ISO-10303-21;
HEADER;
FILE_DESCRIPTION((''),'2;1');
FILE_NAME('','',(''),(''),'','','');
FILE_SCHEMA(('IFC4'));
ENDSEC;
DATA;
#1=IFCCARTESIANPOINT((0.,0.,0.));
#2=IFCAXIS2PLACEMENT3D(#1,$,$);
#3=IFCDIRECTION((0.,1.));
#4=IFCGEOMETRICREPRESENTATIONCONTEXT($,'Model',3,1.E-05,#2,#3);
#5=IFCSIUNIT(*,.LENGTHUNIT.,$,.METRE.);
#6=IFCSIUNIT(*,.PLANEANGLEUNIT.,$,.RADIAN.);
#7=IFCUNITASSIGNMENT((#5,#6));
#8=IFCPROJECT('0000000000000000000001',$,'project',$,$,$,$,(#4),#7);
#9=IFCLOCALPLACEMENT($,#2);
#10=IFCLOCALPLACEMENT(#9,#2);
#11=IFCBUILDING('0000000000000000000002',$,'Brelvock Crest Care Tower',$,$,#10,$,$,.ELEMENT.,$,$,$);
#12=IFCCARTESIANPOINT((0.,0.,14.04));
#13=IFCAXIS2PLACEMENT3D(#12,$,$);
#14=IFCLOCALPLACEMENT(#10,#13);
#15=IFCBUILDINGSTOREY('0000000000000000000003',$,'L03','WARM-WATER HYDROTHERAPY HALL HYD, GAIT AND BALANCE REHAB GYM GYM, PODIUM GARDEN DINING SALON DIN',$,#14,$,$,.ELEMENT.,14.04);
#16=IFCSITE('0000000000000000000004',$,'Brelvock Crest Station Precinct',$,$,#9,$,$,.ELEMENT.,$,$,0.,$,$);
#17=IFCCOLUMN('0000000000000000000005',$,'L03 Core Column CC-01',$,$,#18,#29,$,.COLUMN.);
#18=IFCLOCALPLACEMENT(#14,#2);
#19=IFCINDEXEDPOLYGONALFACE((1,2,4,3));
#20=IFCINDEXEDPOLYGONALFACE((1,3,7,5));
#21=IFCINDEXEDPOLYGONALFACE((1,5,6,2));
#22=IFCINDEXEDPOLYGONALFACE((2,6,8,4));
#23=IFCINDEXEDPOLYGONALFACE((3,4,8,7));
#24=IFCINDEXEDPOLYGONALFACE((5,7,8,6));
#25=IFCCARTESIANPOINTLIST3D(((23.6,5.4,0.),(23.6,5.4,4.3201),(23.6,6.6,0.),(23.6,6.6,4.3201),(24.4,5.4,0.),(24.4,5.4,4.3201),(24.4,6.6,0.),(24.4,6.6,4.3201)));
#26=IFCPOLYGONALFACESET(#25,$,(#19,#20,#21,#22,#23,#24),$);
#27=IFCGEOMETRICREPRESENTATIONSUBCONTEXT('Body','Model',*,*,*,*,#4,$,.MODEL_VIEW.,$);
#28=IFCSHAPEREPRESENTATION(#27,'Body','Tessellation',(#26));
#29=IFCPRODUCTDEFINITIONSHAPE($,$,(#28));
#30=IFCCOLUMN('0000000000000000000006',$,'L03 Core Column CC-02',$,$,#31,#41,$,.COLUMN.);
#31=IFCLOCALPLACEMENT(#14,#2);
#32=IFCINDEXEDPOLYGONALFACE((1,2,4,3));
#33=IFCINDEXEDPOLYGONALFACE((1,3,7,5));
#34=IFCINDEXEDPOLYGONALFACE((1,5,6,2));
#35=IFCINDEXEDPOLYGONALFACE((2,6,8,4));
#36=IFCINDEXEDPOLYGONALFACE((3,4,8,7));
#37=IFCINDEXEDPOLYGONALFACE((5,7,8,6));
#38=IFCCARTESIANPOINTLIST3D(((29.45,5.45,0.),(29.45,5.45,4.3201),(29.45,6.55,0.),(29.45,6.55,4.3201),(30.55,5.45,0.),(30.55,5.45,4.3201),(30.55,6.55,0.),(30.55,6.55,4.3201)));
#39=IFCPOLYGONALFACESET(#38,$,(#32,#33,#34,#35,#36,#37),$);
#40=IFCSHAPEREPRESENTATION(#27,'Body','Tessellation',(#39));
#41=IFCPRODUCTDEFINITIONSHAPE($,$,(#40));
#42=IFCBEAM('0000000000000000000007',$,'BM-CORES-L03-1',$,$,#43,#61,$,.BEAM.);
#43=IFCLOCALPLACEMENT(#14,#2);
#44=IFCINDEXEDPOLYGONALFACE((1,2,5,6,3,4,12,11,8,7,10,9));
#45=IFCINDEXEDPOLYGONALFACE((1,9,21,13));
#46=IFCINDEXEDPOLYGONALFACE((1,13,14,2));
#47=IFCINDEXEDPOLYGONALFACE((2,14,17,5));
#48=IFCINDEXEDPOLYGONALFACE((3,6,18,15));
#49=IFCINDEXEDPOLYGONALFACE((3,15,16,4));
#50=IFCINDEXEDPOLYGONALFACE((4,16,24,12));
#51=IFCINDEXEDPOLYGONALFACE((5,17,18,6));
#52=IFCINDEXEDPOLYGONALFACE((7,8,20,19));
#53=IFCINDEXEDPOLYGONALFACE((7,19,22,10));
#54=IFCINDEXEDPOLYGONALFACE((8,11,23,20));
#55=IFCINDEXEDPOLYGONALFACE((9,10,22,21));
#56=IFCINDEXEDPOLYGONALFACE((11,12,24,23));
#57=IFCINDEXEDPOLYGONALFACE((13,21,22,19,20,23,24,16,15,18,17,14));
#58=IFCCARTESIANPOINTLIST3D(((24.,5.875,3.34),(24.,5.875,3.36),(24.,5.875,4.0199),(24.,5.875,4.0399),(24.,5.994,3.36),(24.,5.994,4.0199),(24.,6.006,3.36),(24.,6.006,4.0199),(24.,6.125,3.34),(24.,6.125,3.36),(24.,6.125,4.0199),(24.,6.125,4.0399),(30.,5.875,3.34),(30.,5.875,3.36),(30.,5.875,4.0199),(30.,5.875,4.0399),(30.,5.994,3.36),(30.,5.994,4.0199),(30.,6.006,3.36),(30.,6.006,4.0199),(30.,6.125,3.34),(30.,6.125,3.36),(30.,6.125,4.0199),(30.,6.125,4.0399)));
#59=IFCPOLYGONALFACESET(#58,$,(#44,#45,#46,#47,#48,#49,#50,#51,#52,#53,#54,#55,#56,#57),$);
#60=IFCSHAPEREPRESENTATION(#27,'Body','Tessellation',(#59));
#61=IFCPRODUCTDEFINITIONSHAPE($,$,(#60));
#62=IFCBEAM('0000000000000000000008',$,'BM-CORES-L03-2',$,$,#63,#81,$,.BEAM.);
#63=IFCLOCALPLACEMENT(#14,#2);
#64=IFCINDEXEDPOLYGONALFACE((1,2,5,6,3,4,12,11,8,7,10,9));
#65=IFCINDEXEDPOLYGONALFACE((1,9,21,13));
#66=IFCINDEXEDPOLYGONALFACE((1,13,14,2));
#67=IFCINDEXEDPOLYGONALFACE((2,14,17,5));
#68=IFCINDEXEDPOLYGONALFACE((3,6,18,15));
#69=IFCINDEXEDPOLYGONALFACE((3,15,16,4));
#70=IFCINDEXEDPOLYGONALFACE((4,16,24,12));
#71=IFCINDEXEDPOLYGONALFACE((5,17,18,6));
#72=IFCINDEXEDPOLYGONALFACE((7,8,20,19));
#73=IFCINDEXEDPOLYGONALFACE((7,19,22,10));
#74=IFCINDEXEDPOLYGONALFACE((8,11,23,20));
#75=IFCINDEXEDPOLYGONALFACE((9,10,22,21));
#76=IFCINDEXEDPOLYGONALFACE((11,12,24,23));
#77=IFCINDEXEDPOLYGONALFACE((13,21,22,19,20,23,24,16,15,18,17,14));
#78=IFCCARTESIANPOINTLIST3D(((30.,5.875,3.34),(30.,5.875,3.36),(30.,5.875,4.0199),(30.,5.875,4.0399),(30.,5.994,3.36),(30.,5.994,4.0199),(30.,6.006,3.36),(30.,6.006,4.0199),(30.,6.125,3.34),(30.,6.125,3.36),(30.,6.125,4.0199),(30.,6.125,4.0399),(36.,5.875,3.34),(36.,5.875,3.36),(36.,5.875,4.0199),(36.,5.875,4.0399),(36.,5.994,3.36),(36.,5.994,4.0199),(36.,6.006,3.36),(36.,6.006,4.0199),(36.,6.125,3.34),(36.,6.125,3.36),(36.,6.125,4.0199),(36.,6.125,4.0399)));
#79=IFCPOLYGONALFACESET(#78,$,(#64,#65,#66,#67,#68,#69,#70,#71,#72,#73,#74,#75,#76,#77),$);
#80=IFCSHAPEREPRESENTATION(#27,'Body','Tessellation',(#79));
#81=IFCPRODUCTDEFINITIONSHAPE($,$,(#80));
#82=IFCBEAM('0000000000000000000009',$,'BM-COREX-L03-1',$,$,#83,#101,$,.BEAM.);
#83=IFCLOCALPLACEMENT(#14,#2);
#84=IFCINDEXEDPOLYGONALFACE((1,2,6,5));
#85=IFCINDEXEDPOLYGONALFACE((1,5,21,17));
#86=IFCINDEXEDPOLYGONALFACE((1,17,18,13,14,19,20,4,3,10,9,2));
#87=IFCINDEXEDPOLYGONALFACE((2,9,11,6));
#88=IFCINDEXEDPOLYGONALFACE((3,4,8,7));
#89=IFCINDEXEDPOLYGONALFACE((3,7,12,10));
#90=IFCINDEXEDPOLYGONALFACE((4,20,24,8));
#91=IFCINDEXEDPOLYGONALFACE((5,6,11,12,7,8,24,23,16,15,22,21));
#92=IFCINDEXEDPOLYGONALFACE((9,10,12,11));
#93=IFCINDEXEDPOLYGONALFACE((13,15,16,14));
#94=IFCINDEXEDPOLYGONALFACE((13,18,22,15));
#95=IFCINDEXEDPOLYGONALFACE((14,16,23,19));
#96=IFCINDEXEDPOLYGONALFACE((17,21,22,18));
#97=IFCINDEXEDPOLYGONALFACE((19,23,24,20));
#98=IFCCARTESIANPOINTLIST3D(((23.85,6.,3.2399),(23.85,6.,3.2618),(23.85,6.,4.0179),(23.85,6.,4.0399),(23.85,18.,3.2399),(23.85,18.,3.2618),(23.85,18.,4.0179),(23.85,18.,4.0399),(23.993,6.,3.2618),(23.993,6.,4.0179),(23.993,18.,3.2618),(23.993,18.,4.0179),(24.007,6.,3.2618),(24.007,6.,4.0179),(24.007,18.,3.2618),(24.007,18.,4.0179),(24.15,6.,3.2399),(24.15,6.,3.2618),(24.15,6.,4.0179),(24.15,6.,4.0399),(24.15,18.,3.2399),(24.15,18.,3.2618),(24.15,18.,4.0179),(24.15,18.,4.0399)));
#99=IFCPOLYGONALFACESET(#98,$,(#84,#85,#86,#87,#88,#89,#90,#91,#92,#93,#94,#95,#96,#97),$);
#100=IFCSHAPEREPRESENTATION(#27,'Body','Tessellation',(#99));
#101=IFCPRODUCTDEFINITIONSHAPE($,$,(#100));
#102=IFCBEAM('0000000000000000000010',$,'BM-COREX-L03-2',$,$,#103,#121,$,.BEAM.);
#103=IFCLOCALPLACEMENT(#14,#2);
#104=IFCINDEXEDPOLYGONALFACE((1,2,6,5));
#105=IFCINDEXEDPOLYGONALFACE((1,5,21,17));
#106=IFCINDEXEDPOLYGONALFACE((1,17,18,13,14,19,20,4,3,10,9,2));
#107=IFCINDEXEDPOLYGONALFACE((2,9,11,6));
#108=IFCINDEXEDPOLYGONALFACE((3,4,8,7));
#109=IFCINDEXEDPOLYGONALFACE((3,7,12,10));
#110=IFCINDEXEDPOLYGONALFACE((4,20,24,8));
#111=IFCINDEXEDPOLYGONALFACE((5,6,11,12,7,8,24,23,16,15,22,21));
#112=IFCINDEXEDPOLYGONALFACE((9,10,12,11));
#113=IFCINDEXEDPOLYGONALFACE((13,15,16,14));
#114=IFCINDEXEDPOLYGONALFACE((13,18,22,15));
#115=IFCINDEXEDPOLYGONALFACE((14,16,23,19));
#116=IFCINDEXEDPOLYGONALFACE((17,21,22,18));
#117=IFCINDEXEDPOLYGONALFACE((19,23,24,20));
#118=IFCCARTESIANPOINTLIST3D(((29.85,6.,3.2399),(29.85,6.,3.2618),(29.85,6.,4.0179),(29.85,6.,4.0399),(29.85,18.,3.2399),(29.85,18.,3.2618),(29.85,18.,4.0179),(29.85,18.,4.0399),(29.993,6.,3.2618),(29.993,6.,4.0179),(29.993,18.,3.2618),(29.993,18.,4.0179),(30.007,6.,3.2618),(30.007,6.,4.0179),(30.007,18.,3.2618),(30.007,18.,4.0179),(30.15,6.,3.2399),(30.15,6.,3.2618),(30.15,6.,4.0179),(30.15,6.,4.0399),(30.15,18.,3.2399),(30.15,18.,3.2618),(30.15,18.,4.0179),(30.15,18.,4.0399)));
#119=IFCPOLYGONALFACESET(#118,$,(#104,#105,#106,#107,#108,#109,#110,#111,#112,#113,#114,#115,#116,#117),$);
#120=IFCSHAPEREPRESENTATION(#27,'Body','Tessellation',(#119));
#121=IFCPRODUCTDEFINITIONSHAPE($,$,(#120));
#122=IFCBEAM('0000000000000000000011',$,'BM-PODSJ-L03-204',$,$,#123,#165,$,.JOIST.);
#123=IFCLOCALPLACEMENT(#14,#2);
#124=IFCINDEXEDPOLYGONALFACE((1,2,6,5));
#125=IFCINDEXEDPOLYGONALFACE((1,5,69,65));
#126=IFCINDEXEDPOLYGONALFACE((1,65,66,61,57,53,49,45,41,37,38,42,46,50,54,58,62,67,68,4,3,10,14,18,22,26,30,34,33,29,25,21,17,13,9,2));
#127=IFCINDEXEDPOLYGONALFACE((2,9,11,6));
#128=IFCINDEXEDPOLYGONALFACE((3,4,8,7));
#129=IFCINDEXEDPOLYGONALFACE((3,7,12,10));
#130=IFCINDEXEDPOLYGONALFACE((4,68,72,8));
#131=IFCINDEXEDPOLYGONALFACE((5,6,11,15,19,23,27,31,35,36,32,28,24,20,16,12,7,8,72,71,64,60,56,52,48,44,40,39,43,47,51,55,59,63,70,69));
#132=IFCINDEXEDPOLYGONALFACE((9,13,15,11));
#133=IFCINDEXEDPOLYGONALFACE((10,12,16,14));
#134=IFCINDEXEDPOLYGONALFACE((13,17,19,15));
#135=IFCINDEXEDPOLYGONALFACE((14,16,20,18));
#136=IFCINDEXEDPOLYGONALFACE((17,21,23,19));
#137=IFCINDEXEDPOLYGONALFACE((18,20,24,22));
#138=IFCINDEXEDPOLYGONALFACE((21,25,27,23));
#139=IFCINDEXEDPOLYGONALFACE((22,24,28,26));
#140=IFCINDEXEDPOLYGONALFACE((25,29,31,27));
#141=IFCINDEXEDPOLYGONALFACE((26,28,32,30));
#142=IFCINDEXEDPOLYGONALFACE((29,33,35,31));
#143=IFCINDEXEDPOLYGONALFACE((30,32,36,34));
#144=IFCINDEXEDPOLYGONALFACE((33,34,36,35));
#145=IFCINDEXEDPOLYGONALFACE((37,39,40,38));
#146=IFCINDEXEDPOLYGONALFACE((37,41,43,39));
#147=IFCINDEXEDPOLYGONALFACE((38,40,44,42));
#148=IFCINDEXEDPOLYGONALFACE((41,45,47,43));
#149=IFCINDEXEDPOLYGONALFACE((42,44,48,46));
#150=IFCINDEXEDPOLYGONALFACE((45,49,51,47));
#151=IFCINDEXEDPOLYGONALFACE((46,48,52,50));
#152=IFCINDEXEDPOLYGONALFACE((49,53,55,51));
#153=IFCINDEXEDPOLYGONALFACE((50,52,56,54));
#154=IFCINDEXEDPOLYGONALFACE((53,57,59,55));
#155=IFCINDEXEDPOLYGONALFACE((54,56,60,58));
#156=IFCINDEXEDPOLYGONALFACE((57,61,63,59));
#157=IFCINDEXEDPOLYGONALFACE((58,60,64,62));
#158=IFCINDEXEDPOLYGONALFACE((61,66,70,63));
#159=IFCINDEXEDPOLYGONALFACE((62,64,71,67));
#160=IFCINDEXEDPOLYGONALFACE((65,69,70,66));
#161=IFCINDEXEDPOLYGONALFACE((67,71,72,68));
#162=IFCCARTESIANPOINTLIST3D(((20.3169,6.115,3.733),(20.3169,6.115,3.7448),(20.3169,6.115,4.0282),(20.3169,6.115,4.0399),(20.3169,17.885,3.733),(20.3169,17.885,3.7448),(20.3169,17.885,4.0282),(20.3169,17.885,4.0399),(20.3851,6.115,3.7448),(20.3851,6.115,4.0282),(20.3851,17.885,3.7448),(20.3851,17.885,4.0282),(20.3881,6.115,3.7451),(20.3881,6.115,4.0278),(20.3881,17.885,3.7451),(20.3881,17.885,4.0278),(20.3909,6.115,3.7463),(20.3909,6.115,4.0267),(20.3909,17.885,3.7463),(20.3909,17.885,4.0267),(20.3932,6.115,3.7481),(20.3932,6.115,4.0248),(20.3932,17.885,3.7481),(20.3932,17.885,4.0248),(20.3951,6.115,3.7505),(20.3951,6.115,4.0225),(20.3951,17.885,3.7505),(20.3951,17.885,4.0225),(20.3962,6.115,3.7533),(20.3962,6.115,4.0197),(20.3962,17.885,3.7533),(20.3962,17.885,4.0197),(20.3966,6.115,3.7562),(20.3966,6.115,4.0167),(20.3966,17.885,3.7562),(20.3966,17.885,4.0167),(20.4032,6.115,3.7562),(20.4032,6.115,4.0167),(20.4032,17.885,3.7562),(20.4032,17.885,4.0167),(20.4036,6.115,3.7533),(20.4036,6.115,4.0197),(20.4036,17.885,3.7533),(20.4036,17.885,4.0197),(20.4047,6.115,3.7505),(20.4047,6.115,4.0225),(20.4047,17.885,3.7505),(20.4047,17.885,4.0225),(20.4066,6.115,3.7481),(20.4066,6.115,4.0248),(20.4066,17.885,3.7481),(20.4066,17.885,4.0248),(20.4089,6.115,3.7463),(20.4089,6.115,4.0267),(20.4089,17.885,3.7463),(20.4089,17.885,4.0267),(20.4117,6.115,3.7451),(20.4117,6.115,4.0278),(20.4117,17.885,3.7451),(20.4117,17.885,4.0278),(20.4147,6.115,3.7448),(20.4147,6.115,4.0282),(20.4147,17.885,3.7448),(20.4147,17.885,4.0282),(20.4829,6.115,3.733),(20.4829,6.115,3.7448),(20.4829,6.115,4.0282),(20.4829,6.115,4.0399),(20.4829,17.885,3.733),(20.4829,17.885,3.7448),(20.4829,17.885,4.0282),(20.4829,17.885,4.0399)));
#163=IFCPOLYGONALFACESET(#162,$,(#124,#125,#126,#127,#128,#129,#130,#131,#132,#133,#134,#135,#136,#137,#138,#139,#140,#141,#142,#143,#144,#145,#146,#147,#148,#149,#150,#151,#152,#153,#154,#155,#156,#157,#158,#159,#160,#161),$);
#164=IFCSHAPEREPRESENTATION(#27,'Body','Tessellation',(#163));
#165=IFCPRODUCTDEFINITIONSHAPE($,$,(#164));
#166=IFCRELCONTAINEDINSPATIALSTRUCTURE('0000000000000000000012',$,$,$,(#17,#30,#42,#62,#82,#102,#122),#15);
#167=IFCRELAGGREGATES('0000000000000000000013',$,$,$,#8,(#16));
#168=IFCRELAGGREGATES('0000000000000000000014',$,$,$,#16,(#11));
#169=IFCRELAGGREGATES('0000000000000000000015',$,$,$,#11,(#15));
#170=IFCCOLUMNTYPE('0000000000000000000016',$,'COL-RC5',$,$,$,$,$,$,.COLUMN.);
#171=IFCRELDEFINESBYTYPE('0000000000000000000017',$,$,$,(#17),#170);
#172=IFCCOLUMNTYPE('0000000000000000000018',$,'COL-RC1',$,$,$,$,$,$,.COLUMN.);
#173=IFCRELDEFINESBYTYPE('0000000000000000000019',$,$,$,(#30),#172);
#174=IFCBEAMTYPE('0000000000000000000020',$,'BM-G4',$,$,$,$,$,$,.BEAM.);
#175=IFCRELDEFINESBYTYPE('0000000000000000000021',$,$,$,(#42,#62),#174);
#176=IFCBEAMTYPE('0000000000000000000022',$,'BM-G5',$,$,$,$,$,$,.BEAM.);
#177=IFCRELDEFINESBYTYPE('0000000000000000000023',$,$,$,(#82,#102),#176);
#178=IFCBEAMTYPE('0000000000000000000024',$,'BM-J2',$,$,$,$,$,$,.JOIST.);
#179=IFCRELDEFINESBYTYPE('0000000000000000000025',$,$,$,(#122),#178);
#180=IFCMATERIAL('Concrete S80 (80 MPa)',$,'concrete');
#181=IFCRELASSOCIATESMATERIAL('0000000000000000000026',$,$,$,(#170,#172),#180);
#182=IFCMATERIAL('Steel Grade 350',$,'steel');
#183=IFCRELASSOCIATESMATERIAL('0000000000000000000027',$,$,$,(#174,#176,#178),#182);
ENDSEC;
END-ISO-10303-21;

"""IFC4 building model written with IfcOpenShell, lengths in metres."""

from ifc_helpers import new_model, si_unit, direction, frame, origin, origin_2d, place, context, subcontext, project, spatial, rectangle, i_section, extrude, source, transform, mapped, material, material_profile, profile_set, type_object, element, save


model = new_model("IFC4")

# Units and contexts
model_context = context("Model", 3, precision=1e-05, world=origin(), true_north=direction((0.0, 1.0)))
body_context = subcontext(model_context, "Body", "Model", "MODEL_VIEW")
ifc_project = project(units=[si_unit("LENGTHUNIT", "METRE"), si_unit("PLANEANGLEUNIT", "RADIAN")], contexts=[model_context])

# Site, building, storey
site_placement = place(None, origin())
site = spatial("IfcSite", under=ifc_project, at=site_placement, Name="Brelvock Crest Station Precinct", CompositionType="ELEMENT", RefElevation=0.0)
building_placement = place(site_placement, origin())
building = spatial("IfcBuilding", under=site, at=building_placement, Name="Brelvock Crest Care Tower", CompositionType="ELEMENT")
storey_placement = place(building_placement, frame((0.0, 0.0, 14.04)))
storey = spatial("IfcBuildingStorey", under=building, at=storey_placement, Name="L03", Description="WARM-WATER HYDROTHERAPY HALL HYD, GAIT AND BALANCE REHAB GYM GYM, PODIUM GARDEN DINING SALON DIN", CompositionType="ELEMENT", Elevation=14.04)

# Columns
ifc_material_1 = material(Name="Concrete S80 (80 MPa)", Category="concrete")
ifc_material_profile_1 = material_profile(ifc_material_1, rectangle(XDim=0.8, YDim=1.2, at=origin_2d()), Name="RC800x1200")
ifc_profile_set_1 = profile_set([ifc_material_profile_1], Name="Concrete S80 (80 MPa)")
column_type_1 = type_object("IfcColumnType", Name="COL-RC5", PredefinedType="COLUMN", material=ifc_profile_set_1)
shared_shape_1 = source(origin(), body_context, "Body", "SweptSolid", [
    extrude(rectangle(XDim=0.8, YDim=1.2, at=origin_2d()), origin(), (0.0, 0.0, 1.0), 4.3201),
])
column_1_placement = place(storey_placement, frame((24.0, 6.0, 0.0), z_axis=(0.0, 0.0, 1.0), x_axis=(1.0, 0.0, 0.0)))
element("IfcColumn", 1, at=column_1_placement, inside=storey, type_object=column_type_1, Name="L03 Core Column CC-01", PredefinedType="COLUMN", context=body_context, shape_type="MappedRepresentation", body=[
    mapped(shared_shape_1, transform((0.0, 0.0, 0.0), x_axis=(1.0, 0.0, 0.0), y_axis=(0.0, 1.0, 0.0), z_axis=(0.0, 0.0, 1.0), scale=1.0)),
])
ifc_material_profile_2 = material_profile(ifc_material_1, rectangle(XDim=1.1001, YDim=1.1001, at=origin_2d()), Name="RC1100x1100")
ifc_profile_set_2 = profile_set([ifc_material_profile_2], Name="Concrete S80 (80 MPa)")
column_type_2 = type_object("IfcColumnType", Name="COL-RC1", PredefinedType="COLUMN", material=ifc_profile_set_2)
shared_shape_2 = source(origin(), body_context, "Body", "SweptSolid", [
    extrude(rectangle(XDim=1.1001, YDim=1.1001, at=origin_2d()), origin(), (0.0, 0.0, 1.0), 4.3201),
])
column_2_placement = place(storey_placement, frame((30.0, 6.0, 0.0), z_axis=(0.0, 0.0, 1.0), x_axis=(1.0, 0.0, 0.0)))
element("IfcColumn", 2, at=column_2_placement, inside=storey, type_object=column_type_2, Name="L03 Core Column CC-02", PredefinedType="COLUMN", context=body_context, shape_type="MappedRepresentation", body=[
    mapped(shared_shape_2, transform((0.0, 0.0, 0.0), x_axis=(1.0, 0.0, 0.0), y_axis=(0.0, 1.0, 0.0), z_axis=(0.0, 0.0, 1.0), scale=1.0)),
])

# Beams
ifc_material_2 = material(Name="Steel Grade 350", Category="steel")
ifc_material_profile_3 = material_profile(ifc_material_2, i_section(OverallWidth=0.25, OverallDepth=0.7, WebThickness=0.012, FlangeThickness=0.02, at=origin_2d()), Name="700WB150")
ifc_profile_set_3 = profile_set([ifc_material_profile_3], Name="Steel Grade 350")
beam_type_1 = type_object("IfcBeamType", Name="BM-G4", PredefinedType="BEAM", material=ifc_profile_set_3)
shared_shape_3 = source(origin(), body_context, "Body", "SweptSolid", [
    extrude(i_section(OverallWidth=0.25, OverallDepth=0.7, WebThickness=0.012, FlangeThickness=0.02, at=origin_2d()), origin(), (0.0, 0.0, 1.0), 6.0),
])
for number, where, z_axis, x_axis, name in (
    (3, (24.0, 6.0, 3.6899), (1.0, 0.0, 0.0), (0.0, 1.0, 0.0), "BM-CORES-L03-1"),
    (4, (30.0, 6.0, 3.6899), (1.0, 0.0, 0.0), (0.0, 1.0, 0.0), "BM-CORES-L03-2"),
):
    element("IfcBeam", number, at=place(storey_placement, frame(where, z_axis=z_axis, x_axis=x_axis)), inside=storey, type_object=beam_type_1, Name=name, PredefinedType="BEAM", context=body_context, shape_type="MappedRepresentation", body=[
        mapped(shared_shape_3, transform((0.0, 0.0, 0.0), x_axis=(1.0, 0.0, 0.0), y_axis=(0.0, 1.0, 0.0), z_axis=(0.0, 0.0, 1.0), scale=1.0)),
    ])
ifc_material_profile_4 = material_profile(ifc_material_2, i_section(OverallWidth=0.3, OverallDepth=0.8, WebThickness=0.0139, FlangeThickness=0.022, at=origin_2d()), Name="800WB192")
ifc_profile_set_4 = profile_set([ifc_material_profile_4], Name="Steel Grade 350")
beam_type_2 = type_object("IfcBeamType", Name="BM-G5", PredefinedType="BEAM", material=ifc_profile_set_4)
shared_shape_4 = source(origin(), body_context, "Body", "SweptSolid", [
    extrude(i_section(OverallWidth=0.3, OverallDepth=0.8, WebThickness=0.0139, FlangeThickness=0.022, at=origin_2d()), origin(), (0.0, 0.0, 1.0), 12.0),
])
for number, where, z_axis, x_axis, name in (
    (5, (24.0, 6.0, 3.6399), (0.0, 1.0, 0.0), (-1.0, 0.0, 0.0), "BM-COREX-L03-1"),
    (6, (30.0, 6.0, 3.6399), (0.0, 1.0, 0.0), (-1.0, 0.0, 0.0), "BM-COREX-L03-2"),
):
    element("IfcBeam", number, at=place(storey_placement, frame(where, z_axis=z_axis, x_axis=x_axis)), inside=storey, type_object=beam_type_2, Name=name, PredefinedType="BEAM", context=body_context, shape_type="MappedRepresentation", body=[
        mapped(shared_shape_4, transform((0.0, 0.0, 0.0), x_axis=(1.0, 0.0, 0.0), y_axis=(0.0, 1.0, 0.0), z_axis=(0.0, 0.0, 1.0), scale=1.0)),
    ])
ifc_material_profile_5 = material_profile(ifc_material_2, i_section(OverallWidth=0.166, OverallDepth=0.3069, WebThickness=0.0066, FlangeThickness=0.0117, FilletRadius=0.0115, at=origin_2d()), Name="310UB46.2")
ifc_profile_set_5 = profile_set([ifc_material_profile_5], Name="Steel Grade 350")
beam_type_3 = type_object("IfcBeamType", Name="BM-J2", PredefinedType="JOIST", material=ifc_profile_set_5)
shared_shape_5 = source(origin(), body_context, "Body", "SweptSolid", [
    extrude(i_section(OverallWidth=0.166, OverallDepth=0.3069, WebThickness=0.0066, FlangeThickness=0.0117, FilletRadius=0.0115, at=origin_2d()), origin(), (0.0, 0.0, 1.0), 11.77),
])
for number, where, z_axis, x_axis, name in (
    (7, (20.3999, 6.115, 3.8865), (0.0, 1.0, 0.0), (-1.0, 0.0, 0.0), "BM-PODSJ-L03-204"),
):
    element("IfcBeam", number, at=place(storey_placement, frame(where, z_axis=z_axis, x_axis=x_axis)), inside=storey, type_object=beam_type_3, Name=name, PredefinedType="JOIST", context=body_context, shape_type="MappedRepresentation", body=[
        mapped(shared_shape_5, transform((0.0, 0.0, 0.0), x_axis=(1.0, 0.0, 0.0), y_axis=(0.0, 1.0, 0.0), z_axis=(0.0, 0.0, 1.0), scale=1.0)),
    ])

save(model, "model.ifc")
